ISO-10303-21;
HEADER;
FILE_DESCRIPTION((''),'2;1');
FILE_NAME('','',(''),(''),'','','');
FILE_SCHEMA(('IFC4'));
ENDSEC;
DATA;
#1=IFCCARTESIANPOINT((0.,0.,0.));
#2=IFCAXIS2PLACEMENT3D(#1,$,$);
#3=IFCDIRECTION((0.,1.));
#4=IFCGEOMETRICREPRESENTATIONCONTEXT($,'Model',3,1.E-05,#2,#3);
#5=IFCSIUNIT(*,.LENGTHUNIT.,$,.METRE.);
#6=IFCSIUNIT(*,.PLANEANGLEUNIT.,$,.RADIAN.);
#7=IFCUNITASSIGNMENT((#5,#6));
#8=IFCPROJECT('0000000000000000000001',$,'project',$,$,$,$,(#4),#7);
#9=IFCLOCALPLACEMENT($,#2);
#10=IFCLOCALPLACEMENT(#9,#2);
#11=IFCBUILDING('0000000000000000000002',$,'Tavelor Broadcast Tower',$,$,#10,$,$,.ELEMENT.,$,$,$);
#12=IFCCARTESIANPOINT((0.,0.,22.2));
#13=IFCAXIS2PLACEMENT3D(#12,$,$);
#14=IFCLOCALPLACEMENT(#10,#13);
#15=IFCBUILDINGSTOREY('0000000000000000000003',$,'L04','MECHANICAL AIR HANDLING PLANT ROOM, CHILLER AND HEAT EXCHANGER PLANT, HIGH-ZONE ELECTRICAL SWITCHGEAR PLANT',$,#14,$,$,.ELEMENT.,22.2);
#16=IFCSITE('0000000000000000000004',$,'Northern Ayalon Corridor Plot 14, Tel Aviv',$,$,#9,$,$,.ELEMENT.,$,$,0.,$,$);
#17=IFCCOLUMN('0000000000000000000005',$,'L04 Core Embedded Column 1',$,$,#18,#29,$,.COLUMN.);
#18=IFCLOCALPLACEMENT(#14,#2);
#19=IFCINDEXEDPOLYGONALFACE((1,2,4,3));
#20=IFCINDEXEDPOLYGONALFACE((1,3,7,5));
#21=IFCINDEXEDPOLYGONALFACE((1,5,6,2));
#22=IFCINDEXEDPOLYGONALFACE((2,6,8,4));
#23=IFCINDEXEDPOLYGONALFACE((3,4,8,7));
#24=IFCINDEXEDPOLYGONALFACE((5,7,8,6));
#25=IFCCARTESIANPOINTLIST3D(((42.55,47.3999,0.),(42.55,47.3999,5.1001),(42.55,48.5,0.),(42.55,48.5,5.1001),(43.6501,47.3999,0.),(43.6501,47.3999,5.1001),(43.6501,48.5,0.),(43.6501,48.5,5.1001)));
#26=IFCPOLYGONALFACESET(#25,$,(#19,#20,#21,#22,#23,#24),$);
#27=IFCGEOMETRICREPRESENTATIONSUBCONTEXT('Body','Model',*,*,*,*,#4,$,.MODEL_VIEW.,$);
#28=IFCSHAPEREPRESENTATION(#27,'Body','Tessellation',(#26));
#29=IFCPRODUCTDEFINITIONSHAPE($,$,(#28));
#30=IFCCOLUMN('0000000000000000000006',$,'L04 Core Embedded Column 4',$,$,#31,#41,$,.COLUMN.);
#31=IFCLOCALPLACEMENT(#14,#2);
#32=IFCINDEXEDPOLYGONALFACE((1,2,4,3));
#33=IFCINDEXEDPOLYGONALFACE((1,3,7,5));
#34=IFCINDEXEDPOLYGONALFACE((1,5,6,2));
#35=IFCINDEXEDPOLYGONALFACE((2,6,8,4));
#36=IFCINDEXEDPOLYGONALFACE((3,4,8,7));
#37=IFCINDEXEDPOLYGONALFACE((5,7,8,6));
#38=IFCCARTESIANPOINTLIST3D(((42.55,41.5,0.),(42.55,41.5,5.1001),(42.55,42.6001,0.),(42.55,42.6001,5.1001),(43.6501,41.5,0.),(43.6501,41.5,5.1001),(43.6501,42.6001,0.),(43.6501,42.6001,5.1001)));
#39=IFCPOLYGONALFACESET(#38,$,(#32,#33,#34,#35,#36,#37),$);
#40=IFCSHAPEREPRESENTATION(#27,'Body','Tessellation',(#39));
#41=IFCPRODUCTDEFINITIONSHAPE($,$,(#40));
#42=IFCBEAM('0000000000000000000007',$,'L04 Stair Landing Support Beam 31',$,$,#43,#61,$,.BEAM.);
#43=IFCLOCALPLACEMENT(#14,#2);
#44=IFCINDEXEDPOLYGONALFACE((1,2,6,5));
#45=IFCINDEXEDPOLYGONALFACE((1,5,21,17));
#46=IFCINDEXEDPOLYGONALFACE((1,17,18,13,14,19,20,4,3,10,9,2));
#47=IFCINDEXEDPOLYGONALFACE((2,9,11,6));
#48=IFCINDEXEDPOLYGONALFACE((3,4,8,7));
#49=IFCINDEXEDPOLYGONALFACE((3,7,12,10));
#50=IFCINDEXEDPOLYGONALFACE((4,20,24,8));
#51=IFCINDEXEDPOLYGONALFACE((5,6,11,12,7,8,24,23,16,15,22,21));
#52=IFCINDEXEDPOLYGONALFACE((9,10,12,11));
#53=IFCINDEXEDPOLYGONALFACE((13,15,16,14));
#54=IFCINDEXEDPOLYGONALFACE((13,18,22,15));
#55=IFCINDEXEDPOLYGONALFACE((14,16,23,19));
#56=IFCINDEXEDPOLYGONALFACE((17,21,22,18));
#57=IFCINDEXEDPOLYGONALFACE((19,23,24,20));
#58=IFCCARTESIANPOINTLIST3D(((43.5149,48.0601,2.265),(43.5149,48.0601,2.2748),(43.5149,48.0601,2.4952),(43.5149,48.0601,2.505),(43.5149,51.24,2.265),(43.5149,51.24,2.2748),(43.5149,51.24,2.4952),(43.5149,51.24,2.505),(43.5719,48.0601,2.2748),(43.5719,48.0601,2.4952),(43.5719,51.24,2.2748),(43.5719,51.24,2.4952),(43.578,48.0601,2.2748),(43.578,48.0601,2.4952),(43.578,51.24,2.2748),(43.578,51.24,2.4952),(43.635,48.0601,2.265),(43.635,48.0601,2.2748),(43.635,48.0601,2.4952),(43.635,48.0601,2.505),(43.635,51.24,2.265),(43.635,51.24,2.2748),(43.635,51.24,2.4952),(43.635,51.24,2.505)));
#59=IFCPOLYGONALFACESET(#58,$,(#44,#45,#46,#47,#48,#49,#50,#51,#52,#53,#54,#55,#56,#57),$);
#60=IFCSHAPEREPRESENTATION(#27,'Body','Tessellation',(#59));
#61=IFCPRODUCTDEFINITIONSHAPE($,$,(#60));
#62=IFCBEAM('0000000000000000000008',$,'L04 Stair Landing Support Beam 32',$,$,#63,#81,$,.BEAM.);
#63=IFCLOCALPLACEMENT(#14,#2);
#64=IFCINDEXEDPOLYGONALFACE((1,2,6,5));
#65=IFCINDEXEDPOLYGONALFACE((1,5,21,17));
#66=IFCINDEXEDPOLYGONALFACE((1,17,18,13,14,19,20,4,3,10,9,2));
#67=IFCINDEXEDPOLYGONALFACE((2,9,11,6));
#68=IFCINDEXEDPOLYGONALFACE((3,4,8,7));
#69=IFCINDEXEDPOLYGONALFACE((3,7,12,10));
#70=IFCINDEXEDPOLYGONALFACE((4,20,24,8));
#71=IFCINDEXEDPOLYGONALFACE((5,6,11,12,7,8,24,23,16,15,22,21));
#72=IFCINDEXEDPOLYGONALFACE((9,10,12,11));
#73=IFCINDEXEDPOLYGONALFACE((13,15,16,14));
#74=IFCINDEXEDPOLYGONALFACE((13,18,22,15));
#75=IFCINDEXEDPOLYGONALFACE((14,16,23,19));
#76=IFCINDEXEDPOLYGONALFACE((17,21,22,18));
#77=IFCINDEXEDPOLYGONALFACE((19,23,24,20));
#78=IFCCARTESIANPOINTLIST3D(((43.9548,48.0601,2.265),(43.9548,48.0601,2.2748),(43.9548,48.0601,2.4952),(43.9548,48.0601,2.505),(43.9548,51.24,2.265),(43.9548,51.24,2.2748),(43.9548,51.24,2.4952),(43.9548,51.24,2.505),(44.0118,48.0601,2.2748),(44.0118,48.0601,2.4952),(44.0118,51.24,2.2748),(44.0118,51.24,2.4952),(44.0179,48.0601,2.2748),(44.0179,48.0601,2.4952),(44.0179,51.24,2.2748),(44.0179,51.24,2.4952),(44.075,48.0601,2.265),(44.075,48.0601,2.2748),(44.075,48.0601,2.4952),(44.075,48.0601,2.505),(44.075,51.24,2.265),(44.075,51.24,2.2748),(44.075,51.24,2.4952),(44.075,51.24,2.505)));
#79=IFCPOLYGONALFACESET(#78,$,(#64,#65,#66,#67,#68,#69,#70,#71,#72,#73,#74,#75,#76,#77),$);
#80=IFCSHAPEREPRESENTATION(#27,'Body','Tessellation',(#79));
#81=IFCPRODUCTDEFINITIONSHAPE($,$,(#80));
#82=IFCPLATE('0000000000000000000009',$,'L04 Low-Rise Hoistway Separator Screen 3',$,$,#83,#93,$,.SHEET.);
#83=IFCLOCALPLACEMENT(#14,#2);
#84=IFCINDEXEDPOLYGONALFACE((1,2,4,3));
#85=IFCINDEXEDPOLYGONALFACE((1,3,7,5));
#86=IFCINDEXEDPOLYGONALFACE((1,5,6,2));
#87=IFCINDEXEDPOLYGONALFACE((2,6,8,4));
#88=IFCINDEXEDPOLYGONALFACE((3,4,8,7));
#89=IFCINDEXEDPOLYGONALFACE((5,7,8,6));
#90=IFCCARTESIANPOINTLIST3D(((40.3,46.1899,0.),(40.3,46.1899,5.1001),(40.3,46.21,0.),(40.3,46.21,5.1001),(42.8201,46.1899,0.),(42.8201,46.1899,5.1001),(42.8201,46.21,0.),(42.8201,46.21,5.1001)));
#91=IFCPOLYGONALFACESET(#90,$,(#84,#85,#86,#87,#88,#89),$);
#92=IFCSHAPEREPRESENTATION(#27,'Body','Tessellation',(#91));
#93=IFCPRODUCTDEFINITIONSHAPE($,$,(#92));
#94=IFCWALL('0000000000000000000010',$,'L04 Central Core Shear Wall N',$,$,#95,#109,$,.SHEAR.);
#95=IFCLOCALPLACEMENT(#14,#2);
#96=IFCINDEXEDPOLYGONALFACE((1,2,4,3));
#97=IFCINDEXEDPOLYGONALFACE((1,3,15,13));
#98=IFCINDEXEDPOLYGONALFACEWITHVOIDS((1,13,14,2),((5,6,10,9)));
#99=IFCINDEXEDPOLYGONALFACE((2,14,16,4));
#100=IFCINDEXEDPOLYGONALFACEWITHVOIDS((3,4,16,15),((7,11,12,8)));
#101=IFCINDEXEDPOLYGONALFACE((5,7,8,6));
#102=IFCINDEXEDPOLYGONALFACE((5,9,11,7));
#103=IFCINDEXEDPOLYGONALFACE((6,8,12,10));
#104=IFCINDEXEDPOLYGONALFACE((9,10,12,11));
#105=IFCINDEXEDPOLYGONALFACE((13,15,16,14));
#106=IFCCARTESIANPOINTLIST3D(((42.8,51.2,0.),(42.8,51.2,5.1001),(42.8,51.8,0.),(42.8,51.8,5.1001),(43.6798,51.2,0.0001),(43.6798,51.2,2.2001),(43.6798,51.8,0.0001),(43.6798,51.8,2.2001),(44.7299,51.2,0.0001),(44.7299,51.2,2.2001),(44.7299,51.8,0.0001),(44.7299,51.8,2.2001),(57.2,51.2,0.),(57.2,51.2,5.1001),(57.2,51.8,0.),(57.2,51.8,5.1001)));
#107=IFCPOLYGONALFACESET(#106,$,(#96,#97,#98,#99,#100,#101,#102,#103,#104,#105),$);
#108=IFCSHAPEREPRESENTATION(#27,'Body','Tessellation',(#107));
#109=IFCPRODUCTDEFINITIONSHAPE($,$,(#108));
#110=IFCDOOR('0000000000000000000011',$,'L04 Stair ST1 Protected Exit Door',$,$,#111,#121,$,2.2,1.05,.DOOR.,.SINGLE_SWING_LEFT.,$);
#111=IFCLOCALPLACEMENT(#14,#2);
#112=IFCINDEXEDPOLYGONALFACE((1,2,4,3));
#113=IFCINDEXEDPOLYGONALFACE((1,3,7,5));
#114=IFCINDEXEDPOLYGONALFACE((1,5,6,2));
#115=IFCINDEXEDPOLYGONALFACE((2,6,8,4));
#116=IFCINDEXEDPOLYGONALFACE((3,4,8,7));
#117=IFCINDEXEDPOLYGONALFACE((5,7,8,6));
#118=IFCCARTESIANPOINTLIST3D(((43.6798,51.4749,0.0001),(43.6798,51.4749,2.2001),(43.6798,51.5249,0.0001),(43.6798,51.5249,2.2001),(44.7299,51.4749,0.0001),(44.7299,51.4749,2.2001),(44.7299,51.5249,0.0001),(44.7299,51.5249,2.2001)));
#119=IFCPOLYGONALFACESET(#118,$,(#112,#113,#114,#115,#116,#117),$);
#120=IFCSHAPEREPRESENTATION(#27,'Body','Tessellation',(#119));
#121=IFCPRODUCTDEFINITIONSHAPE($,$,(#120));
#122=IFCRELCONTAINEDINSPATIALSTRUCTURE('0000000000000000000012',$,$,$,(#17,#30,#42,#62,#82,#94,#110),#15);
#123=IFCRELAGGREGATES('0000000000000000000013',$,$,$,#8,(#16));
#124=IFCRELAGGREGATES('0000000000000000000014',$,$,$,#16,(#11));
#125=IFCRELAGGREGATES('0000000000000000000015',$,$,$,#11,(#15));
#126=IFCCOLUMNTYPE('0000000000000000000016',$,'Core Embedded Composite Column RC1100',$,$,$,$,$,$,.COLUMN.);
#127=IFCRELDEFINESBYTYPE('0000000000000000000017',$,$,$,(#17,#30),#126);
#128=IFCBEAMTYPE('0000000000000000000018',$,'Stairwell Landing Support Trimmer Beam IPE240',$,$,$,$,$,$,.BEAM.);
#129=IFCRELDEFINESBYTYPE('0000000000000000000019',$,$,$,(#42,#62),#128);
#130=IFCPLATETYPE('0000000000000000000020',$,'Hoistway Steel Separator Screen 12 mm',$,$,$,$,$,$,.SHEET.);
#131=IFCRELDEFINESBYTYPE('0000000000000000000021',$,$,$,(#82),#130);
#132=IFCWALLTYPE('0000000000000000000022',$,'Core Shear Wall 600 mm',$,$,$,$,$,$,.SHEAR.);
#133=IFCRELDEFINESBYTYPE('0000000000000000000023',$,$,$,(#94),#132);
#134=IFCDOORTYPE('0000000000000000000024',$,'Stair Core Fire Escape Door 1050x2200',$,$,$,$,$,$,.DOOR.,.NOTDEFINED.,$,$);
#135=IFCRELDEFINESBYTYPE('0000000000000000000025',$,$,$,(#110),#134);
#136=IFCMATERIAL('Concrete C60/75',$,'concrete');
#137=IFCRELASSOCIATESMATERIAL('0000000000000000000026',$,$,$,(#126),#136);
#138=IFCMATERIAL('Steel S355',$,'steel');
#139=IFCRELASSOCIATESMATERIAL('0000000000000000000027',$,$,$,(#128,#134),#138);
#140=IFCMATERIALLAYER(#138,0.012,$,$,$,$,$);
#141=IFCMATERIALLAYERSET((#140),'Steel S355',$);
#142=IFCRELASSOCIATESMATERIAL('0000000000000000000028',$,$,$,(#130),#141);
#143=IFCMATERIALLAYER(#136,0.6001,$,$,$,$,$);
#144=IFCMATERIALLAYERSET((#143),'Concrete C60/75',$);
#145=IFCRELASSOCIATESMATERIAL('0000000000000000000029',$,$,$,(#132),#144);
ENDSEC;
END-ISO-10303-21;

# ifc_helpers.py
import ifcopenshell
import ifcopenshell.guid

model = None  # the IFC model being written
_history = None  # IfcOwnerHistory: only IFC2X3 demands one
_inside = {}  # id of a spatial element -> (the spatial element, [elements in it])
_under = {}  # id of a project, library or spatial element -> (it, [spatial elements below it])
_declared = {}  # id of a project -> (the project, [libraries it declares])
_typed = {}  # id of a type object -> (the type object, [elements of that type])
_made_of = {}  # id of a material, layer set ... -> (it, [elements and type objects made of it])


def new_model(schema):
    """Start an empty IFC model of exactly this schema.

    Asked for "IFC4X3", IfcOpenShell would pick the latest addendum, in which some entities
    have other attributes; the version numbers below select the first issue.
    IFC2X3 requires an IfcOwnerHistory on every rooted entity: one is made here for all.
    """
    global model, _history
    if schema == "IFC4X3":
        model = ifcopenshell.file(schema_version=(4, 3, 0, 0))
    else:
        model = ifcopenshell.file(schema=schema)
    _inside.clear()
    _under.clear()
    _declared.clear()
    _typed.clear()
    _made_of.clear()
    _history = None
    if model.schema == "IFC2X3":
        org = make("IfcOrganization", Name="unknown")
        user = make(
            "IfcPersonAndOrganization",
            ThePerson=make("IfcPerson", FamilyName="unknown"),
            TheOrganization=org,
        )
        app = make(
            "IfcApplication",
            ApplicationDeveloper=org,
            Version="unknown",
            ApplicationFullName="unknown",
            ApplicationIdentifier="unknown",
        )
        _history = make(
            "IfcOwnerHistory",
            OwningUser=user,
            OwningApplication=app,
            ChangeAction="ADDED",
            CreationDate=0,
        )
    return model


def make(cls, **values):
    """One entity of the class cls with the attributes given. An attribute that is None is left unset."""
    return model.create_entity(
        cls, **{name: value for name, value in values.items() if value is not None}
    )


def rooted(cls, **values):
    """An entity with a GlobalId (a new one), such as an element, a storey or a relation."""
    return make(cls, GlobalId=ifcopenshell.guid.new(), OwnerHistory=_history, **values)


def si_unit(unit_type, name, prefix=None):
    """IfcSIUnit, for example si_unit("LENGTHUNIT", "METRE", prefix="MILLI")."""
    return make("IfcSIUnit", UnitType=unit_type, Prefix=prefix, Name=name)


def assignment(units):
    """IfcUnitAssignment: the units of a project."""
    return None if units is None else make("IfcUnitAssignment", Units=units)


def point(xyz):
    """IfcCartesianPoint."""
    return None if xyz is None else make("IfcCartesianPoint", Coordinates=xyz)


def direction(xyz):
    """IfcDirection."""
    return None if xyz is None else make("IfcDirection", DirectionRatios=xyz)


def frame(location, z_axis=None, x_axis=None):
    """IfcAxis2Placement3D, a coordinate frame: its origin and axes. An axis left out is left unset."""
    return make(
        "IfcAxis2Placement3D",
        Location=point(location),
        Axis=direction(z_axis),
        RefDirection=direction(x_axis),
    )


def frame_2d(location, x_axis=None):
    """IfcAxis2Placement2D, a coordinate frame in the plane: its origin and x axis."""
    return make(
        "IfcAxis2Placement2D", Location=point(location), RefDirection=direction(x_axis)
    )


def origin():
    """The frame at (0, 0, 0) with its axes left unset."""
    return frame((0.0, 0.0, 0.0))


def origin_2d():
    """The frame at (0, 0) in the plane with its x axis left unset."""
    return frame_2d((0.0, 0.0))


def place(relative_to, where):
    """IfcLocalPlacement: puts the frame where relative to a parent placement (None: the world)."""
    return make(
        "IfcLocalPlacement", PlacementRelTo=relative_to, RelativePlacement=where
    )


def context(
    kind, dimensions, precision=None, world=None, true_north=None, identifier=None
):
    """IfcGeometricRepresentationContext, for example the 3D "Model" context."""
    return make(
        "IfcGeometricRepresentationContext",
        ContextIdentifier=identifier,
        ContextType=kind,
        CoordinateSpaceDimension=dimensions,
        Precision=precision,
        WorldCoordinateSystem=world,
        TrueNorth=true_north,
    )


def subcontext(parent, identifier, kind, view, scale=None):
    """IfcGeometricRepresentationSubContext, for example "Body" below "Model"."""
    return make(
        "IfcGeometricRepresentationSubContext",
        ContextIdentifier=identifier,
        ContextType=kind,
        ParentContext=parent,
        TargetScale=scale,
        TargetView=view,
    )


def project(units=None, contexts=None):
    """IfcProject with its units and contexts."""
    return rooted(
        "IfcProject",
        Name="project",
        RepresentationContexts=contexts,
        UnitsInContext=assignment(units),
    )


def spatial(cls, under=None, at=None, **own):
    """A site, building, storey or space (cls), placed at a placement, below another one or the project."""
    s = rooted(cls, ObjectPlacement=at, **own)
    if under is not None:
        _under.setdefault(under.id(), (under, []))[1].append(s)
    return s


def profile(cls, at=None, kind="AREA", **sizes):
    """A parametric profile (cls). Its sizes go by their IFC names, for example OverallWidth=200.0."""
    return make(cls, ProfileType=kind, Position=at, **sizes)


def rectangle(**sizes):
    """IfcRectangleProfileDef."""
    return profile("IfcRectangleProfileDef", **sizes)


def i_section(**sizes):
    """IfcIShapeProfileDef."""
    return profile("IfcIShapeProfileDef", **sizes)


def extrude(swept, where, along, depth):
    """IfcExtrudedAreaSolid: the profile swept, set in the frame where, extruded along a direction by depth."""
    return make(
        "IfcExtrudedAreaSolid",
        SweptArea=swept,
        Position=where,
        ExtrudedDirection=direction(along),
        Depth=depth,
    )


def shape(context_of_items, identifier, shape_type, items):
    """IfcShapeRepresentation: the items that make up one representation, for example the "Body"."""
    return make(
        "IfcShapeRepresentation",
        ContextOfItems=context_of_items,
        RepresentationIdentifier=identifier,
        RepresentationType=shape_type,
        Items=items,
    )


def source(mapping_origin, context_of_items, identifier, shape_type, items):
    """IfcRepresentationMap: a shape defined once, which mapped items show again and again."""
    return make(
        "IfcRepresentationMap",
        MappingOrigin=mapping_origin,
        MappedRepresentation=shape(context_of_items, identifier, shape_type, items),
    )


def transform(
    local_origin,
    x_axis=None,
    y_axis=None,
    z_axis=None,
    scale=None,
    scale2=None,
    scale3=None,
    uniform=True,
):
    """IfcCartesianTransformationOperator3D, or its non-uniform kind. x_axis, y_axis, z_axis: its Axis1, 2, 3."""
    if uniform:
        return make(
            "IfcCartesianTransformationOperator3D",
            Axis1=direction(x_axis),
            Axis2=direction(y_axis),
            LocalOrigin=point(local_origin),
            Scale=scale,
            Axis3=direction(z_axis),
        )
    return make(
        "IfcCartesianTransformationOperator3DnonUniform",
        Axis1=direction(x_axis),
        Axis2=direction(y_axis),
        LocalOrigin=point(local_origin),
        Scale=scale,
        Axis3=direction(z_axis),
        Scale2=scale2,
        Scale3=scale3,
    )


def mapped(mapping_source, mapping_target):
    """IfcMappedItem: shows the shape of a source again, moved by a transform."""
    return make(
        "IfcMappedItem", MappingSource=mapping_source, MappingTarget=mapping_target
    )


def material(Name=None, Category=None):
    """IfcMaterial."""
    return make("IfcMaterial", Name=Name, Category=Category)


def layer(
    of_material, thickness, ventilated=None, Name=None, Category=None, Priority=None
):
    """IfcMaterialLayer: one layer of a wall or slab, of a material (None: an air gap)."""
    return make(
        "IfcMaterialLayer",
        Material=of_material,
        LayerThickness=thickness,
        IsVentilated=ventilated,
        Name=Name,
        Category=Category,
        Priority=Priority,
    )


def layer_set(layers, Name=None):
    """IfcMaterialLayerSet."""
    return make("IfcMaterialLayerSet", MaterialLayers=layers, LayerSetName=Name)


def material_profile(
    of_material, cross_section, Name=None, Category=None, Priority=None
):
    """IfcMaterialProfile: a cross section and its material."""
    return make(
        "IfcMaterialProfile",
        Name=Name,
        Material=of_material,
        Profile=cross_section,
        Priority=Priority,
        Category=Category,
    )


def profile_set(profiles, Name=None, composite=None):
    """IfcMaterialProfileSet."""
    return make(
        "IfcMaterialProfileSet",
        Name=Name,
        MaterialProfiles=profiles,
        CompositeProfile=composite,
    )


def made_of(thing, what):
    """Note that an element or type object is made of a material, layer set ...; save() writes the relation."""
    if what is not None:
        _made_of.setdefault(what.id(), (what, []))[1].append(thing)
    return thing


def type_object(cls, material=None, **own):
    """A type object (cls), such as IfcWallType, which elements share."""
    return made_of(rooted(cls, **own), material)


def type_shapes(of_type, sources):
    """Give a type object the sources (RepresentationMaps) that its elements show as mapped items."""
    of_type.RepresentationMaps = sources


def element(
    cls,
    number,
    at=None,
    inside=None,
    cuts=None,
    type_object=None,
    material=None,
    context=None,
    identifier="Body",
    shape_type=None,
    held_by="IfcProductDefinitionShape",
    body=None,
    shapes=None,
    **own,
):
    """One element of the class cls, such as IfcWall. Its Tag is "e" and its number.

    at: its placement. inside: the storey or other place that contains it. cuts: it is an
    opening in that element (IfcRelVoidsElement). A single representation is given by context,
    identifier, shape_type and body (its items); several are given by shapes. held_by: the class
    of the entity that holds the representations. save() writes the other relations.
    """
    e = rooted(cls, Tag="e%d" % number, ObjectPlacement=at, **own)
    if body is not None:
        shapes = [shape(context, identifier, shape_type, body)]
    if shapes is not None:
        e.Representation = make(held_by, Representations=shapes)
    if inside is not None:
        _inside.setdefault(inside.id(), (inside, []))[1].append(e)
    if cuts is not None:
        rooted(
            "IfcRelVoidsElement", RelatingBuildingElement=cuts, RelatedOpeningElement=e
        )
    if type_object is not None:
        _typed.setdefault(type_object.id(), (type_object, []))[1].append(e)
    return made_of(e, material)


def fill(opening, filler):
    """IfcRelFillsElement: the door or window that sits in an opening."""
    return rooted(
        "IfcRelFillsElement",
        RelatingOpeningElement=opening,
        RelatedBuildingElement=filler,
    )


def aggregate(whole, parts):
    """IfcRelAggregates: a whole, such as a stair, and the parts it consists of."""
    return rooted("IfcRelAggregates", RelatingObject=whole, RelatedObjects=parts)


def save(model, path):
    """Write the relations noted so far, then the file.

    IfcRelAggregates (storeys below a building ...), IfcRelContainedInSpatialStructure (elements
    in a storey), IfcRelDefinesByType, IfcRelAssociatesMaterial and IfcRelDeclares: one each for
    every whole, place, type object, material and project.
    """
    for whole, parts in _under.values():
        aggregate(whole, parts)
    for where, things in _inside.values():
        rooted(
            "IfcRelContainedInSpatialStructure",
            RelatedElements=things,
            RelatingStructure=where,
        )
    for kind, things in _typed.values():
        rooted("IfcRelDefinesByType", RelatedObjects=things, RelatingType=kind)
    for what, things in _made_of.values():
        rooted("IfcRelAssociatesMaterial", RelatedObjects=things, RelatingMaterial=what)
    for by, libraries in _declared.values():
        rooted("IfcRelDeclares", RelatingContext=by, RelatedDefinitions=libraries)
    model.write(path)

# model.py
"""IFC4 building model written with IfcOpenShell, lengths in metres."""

from ifc_helpers import new_model, si_unit, direction, frame, frame_2d, origin, origin_2d, place, context, subcontext, project, spatial, rectangle, i_section, extrude, source, transform, mapped, material, layer, layer_set, material_profile, profile_set, type_object, type_shapes, element, fill, save


model = new_model("IFC4")

# Units and contexts
model_context = context("Model", 3, precision=1e-05, world=origin(), true_north=direction((0.0, 1.0)))
body_context = subcontext(model_context, "Body", "Model", "MODEL_VIEW")
ifc_project = project(units=[si_unit("LENGTHUNIT", "METRE"), si_unit("PLANEANGLEUNIT", "RADIAN")], contexts=[model_context])

# Site, building, storey
site_placement = place(None, origin())
site = spatial("IfcSite", under=ifc_project, at=site_placement, Name="Northern Ayalon Corridor Plot 14, Tel Aviv", CompositionType="ELEMENT", RefElevation=0.0)
building_placement = place(site_placement, origin())
building = spatial("IfcBuilding", under=site, at=building_placement, Name="Tavelor Broadcast Tower", CompositionType="ELEMENT")
storey_placement = place(building_placement, frame((0.0, 0.0, 22.2)))
storey = spatial("IfcBuildingStorey", under=building, at=storey_placement, Name="L04", Description="MECHANICAL AIR HANDLING PLANT ROOM, CHILLER AND HEAT EXCHANGER PLANT, HIGH-ZONE ELECTRICAL SWITCHGEAR PLANT", CompositionType="ELEMENT", Elevation=22.2)

# Columns
ifc_material_1 = material(Name="Concrete C60/75", Category="concrete")
ifc_material_profile_1 = material_profile(ifc_material_1, rectangle(XDim=1.1001, YDim=1.1001, at=origin_2d()), Name="RC 1100x1100")
ifc_profile_set_1 = profile_set([ifc_material_profile_1], Name="Concrete C60/75")
column_type = type_object("IfcColumnType", Name="Core Embedded Composite Column RC1100", PredefinedType="COLUMN", material=ifc_profile_set_1)
for number, where, z_axis, x_axis, name in (
    (1, (43.1001, 47.95, 0.0), (0.0, 0.0, 1.0), (1.0, 0.0, 0.0), "L04 Core Embedded Column 1"),
    (2, (43.1001, 42.05, 0.0), (0.0, 0.0, 1.0), (1.0, 0.0, 0.0), "L04 Core Embedded Column 4"),
):
    element("IfcColumn", number, at=place(storey_placement, frame(where, z_axis=z_axis, x_axis=x_axis)), inside=storey, type_object=column_type, Name=name, PredefinedType="COLUMN", context=body_context, shape_type="SweptSolid", body=[
        extrude(rectangle(XDim=1.1001, YDim=1.1001, at=origin_2d()), origin(), (0.0, 0.0, 1.0), 5.1001),
    ])

# Beams
ifc_material_2 = material(Name="Steel S355", Category="steel")
ifc_material_profile_2 = material_profile(ifc_material_2, i_section(OverallWidth=0.1201, OverallDepth=0.24, WebThickness=0.0061, FlangeThickness=0.0098, at=origin_2d()), Name="IPE 240")
ifc_profile_set_2 = profile_set([ifc_material_profile_2], Name="Steel S355")
beam_type = type_object("IfcBeamType", Name="Stairwell Landing Support Trimmer Beam IPE240", PredefinedType="BEAM", material=ifc_profile_set_2)
for number, where, z_axis, x_axis, name in (
    (3, (43.575, 48.0601, 2.385), (0.0, 1.0, 0.0), (-1.0, 0.0, 0.0), "L04 Stair Landing Support Beam 31"),
    (4, (44.0149, 48.0601, 2.385), (0.0, 1.0, 0.0), (-1.0, 0.0, 0.0), "L04 Stair Landing Support Beam 32"),
):
    element("IfcBeam", number, at=place(storey_placement, frame(where, z_axis=z_axis, x_axis=x_axis)), inside=storey, type_object=beam_type, Name=name, PredefinedType="BEAM", context=body_context, shape_type="SweptSolid", body=[
        extrude(i_section(OverallWidth=0.1201, OverallDepth=0.24, WebThickness=0.0061, FlangeThickness=0.0098, at=origin_2d()), origin(), (0.0, 0.0, 1.0), 3.1799),
    ])

# Plate
ifc_layer_1 = layer(ifc_material_2, 0.012)
ifc_layer_set_1 = layer_set([ifc_layer_1], Name="Steel S355")
plate_type = type_object("IfcPlateType", Name="Hoistway Steel Separator Screen 12 mm", PredefinedType="SHEET", material=ifc_layer_set_1)
shared_shape = source(origin(), body_context, "Body", "SweptSolid", [
    extrude(rectangle(XDim=2.52, YDim=0.02, at=origin_2d()), origin(), (0.0, 0.0, 1.0), 5.1001),
])
type_shapes(plate_type, [shared_shape])
plate_placement = place(storey_placement, frame((41.5601, 46.2, 0.0), z_axis=(0.0, 0.0, 1.0), x_axis=(1.0, 0.0, 0.0)))
element("IfcPlate", 5, at=plate_placement, inside=storey, type_object=plate_type, Name="L04 Low-Rise Hoistway Separator Screen 3", PredefinedType="SHEET", context=body_context, shape_type="MappedRepresentation", body=[
    mapped(shared_shape, transform((0.0, 0.0, 0.0), scale=1.0)),
])

# Wall, opening, door
ifc_layer_2 = layer(ifc_material_1, 0.6001)
ifc_layer_set_2 = layer_set([ifc_layer_2], Name="Concrete C60/75")
wall_type_1 = type_object("IfcWallType", Name="Core Shear Wall 600 mm", PredefinedType="SHEAR", material=ifc_layer_set_2)
wall_1_placement = place(storey_placement, frame((42.8, 51.5, 0.0), z_axis=(0.0, 0.0, 1.0), x_axis=(1.0, 0.0, 0.0)))
wall_1 = element("IfcWall", 6, at=wall_1_placement, inside=storey, type_object=wall_type_1, Name="L04 Central Core Shear Wall N", PredefinedType="SHEAR", context=body_context, shape_type="SweptSolid", body=[
    extrude(rectangle(XDim=14.3999, YDim=0.6001, at=frame_2d((7.2, 0.0))), origin(), (0.0, 0.0, 1.0), 5.1001),
])
opening_1_placement = place(wall_1_placement, frame((0.8799, 0.0, 0.0)))
opening_1 = element("IfcOpeningElement", 7, at=opening_1_placement, cuts=wall_1, PredefinedType="OPENING", context=body_context, shape_type="SweptSolid", body=[
    extrude(rectangle(XDim=1.05, YDim=2.2, at=frame_2d((0.5249, 1.1001))), frame((0.0, 0.3101, 0.0), z_axis=(0.0, -1.0, 0.0), x_axis=(1.0, 0.0, 0.0)), (0.0, 0.0, 1.0), 0.6201),
])
door_type_1 = type_object("IfcDoorType", Name="Stair Core Fire Escape Door 1050x2200", OperationType="NOTDEFINED", PredefinedType="DOOR", material=ifc_material_2)
door_1_placement = place(opening_1_placement, origin())
door_1 = element("IfcDoor", 8, at=door_1_placement, inside=storey, type_object=door_type_1, Name="L04 Stair ST1 Protected Exit Door", OperationType="SINGLE_SWING_LEFT", OverallHeight=2.2, OverallWidth=1.05, PredefinedType="DOOR", context=body_context, shape_type="SweptSolid", body=[
    extrude(rectangle(XDim=1.05, YDim=2.2, at=frame_2d((0.5249, 1.1001))), frame((0.0, 0.0249, 0.0), z_axis=(0.0, -1.0, 0.0), x_axis=(1.0, 0.0, 0.0)), (0.0, 0.0, 1.0), 0.05),
])
fill(opening_1, door_1)

save(model, "model.ifc")
